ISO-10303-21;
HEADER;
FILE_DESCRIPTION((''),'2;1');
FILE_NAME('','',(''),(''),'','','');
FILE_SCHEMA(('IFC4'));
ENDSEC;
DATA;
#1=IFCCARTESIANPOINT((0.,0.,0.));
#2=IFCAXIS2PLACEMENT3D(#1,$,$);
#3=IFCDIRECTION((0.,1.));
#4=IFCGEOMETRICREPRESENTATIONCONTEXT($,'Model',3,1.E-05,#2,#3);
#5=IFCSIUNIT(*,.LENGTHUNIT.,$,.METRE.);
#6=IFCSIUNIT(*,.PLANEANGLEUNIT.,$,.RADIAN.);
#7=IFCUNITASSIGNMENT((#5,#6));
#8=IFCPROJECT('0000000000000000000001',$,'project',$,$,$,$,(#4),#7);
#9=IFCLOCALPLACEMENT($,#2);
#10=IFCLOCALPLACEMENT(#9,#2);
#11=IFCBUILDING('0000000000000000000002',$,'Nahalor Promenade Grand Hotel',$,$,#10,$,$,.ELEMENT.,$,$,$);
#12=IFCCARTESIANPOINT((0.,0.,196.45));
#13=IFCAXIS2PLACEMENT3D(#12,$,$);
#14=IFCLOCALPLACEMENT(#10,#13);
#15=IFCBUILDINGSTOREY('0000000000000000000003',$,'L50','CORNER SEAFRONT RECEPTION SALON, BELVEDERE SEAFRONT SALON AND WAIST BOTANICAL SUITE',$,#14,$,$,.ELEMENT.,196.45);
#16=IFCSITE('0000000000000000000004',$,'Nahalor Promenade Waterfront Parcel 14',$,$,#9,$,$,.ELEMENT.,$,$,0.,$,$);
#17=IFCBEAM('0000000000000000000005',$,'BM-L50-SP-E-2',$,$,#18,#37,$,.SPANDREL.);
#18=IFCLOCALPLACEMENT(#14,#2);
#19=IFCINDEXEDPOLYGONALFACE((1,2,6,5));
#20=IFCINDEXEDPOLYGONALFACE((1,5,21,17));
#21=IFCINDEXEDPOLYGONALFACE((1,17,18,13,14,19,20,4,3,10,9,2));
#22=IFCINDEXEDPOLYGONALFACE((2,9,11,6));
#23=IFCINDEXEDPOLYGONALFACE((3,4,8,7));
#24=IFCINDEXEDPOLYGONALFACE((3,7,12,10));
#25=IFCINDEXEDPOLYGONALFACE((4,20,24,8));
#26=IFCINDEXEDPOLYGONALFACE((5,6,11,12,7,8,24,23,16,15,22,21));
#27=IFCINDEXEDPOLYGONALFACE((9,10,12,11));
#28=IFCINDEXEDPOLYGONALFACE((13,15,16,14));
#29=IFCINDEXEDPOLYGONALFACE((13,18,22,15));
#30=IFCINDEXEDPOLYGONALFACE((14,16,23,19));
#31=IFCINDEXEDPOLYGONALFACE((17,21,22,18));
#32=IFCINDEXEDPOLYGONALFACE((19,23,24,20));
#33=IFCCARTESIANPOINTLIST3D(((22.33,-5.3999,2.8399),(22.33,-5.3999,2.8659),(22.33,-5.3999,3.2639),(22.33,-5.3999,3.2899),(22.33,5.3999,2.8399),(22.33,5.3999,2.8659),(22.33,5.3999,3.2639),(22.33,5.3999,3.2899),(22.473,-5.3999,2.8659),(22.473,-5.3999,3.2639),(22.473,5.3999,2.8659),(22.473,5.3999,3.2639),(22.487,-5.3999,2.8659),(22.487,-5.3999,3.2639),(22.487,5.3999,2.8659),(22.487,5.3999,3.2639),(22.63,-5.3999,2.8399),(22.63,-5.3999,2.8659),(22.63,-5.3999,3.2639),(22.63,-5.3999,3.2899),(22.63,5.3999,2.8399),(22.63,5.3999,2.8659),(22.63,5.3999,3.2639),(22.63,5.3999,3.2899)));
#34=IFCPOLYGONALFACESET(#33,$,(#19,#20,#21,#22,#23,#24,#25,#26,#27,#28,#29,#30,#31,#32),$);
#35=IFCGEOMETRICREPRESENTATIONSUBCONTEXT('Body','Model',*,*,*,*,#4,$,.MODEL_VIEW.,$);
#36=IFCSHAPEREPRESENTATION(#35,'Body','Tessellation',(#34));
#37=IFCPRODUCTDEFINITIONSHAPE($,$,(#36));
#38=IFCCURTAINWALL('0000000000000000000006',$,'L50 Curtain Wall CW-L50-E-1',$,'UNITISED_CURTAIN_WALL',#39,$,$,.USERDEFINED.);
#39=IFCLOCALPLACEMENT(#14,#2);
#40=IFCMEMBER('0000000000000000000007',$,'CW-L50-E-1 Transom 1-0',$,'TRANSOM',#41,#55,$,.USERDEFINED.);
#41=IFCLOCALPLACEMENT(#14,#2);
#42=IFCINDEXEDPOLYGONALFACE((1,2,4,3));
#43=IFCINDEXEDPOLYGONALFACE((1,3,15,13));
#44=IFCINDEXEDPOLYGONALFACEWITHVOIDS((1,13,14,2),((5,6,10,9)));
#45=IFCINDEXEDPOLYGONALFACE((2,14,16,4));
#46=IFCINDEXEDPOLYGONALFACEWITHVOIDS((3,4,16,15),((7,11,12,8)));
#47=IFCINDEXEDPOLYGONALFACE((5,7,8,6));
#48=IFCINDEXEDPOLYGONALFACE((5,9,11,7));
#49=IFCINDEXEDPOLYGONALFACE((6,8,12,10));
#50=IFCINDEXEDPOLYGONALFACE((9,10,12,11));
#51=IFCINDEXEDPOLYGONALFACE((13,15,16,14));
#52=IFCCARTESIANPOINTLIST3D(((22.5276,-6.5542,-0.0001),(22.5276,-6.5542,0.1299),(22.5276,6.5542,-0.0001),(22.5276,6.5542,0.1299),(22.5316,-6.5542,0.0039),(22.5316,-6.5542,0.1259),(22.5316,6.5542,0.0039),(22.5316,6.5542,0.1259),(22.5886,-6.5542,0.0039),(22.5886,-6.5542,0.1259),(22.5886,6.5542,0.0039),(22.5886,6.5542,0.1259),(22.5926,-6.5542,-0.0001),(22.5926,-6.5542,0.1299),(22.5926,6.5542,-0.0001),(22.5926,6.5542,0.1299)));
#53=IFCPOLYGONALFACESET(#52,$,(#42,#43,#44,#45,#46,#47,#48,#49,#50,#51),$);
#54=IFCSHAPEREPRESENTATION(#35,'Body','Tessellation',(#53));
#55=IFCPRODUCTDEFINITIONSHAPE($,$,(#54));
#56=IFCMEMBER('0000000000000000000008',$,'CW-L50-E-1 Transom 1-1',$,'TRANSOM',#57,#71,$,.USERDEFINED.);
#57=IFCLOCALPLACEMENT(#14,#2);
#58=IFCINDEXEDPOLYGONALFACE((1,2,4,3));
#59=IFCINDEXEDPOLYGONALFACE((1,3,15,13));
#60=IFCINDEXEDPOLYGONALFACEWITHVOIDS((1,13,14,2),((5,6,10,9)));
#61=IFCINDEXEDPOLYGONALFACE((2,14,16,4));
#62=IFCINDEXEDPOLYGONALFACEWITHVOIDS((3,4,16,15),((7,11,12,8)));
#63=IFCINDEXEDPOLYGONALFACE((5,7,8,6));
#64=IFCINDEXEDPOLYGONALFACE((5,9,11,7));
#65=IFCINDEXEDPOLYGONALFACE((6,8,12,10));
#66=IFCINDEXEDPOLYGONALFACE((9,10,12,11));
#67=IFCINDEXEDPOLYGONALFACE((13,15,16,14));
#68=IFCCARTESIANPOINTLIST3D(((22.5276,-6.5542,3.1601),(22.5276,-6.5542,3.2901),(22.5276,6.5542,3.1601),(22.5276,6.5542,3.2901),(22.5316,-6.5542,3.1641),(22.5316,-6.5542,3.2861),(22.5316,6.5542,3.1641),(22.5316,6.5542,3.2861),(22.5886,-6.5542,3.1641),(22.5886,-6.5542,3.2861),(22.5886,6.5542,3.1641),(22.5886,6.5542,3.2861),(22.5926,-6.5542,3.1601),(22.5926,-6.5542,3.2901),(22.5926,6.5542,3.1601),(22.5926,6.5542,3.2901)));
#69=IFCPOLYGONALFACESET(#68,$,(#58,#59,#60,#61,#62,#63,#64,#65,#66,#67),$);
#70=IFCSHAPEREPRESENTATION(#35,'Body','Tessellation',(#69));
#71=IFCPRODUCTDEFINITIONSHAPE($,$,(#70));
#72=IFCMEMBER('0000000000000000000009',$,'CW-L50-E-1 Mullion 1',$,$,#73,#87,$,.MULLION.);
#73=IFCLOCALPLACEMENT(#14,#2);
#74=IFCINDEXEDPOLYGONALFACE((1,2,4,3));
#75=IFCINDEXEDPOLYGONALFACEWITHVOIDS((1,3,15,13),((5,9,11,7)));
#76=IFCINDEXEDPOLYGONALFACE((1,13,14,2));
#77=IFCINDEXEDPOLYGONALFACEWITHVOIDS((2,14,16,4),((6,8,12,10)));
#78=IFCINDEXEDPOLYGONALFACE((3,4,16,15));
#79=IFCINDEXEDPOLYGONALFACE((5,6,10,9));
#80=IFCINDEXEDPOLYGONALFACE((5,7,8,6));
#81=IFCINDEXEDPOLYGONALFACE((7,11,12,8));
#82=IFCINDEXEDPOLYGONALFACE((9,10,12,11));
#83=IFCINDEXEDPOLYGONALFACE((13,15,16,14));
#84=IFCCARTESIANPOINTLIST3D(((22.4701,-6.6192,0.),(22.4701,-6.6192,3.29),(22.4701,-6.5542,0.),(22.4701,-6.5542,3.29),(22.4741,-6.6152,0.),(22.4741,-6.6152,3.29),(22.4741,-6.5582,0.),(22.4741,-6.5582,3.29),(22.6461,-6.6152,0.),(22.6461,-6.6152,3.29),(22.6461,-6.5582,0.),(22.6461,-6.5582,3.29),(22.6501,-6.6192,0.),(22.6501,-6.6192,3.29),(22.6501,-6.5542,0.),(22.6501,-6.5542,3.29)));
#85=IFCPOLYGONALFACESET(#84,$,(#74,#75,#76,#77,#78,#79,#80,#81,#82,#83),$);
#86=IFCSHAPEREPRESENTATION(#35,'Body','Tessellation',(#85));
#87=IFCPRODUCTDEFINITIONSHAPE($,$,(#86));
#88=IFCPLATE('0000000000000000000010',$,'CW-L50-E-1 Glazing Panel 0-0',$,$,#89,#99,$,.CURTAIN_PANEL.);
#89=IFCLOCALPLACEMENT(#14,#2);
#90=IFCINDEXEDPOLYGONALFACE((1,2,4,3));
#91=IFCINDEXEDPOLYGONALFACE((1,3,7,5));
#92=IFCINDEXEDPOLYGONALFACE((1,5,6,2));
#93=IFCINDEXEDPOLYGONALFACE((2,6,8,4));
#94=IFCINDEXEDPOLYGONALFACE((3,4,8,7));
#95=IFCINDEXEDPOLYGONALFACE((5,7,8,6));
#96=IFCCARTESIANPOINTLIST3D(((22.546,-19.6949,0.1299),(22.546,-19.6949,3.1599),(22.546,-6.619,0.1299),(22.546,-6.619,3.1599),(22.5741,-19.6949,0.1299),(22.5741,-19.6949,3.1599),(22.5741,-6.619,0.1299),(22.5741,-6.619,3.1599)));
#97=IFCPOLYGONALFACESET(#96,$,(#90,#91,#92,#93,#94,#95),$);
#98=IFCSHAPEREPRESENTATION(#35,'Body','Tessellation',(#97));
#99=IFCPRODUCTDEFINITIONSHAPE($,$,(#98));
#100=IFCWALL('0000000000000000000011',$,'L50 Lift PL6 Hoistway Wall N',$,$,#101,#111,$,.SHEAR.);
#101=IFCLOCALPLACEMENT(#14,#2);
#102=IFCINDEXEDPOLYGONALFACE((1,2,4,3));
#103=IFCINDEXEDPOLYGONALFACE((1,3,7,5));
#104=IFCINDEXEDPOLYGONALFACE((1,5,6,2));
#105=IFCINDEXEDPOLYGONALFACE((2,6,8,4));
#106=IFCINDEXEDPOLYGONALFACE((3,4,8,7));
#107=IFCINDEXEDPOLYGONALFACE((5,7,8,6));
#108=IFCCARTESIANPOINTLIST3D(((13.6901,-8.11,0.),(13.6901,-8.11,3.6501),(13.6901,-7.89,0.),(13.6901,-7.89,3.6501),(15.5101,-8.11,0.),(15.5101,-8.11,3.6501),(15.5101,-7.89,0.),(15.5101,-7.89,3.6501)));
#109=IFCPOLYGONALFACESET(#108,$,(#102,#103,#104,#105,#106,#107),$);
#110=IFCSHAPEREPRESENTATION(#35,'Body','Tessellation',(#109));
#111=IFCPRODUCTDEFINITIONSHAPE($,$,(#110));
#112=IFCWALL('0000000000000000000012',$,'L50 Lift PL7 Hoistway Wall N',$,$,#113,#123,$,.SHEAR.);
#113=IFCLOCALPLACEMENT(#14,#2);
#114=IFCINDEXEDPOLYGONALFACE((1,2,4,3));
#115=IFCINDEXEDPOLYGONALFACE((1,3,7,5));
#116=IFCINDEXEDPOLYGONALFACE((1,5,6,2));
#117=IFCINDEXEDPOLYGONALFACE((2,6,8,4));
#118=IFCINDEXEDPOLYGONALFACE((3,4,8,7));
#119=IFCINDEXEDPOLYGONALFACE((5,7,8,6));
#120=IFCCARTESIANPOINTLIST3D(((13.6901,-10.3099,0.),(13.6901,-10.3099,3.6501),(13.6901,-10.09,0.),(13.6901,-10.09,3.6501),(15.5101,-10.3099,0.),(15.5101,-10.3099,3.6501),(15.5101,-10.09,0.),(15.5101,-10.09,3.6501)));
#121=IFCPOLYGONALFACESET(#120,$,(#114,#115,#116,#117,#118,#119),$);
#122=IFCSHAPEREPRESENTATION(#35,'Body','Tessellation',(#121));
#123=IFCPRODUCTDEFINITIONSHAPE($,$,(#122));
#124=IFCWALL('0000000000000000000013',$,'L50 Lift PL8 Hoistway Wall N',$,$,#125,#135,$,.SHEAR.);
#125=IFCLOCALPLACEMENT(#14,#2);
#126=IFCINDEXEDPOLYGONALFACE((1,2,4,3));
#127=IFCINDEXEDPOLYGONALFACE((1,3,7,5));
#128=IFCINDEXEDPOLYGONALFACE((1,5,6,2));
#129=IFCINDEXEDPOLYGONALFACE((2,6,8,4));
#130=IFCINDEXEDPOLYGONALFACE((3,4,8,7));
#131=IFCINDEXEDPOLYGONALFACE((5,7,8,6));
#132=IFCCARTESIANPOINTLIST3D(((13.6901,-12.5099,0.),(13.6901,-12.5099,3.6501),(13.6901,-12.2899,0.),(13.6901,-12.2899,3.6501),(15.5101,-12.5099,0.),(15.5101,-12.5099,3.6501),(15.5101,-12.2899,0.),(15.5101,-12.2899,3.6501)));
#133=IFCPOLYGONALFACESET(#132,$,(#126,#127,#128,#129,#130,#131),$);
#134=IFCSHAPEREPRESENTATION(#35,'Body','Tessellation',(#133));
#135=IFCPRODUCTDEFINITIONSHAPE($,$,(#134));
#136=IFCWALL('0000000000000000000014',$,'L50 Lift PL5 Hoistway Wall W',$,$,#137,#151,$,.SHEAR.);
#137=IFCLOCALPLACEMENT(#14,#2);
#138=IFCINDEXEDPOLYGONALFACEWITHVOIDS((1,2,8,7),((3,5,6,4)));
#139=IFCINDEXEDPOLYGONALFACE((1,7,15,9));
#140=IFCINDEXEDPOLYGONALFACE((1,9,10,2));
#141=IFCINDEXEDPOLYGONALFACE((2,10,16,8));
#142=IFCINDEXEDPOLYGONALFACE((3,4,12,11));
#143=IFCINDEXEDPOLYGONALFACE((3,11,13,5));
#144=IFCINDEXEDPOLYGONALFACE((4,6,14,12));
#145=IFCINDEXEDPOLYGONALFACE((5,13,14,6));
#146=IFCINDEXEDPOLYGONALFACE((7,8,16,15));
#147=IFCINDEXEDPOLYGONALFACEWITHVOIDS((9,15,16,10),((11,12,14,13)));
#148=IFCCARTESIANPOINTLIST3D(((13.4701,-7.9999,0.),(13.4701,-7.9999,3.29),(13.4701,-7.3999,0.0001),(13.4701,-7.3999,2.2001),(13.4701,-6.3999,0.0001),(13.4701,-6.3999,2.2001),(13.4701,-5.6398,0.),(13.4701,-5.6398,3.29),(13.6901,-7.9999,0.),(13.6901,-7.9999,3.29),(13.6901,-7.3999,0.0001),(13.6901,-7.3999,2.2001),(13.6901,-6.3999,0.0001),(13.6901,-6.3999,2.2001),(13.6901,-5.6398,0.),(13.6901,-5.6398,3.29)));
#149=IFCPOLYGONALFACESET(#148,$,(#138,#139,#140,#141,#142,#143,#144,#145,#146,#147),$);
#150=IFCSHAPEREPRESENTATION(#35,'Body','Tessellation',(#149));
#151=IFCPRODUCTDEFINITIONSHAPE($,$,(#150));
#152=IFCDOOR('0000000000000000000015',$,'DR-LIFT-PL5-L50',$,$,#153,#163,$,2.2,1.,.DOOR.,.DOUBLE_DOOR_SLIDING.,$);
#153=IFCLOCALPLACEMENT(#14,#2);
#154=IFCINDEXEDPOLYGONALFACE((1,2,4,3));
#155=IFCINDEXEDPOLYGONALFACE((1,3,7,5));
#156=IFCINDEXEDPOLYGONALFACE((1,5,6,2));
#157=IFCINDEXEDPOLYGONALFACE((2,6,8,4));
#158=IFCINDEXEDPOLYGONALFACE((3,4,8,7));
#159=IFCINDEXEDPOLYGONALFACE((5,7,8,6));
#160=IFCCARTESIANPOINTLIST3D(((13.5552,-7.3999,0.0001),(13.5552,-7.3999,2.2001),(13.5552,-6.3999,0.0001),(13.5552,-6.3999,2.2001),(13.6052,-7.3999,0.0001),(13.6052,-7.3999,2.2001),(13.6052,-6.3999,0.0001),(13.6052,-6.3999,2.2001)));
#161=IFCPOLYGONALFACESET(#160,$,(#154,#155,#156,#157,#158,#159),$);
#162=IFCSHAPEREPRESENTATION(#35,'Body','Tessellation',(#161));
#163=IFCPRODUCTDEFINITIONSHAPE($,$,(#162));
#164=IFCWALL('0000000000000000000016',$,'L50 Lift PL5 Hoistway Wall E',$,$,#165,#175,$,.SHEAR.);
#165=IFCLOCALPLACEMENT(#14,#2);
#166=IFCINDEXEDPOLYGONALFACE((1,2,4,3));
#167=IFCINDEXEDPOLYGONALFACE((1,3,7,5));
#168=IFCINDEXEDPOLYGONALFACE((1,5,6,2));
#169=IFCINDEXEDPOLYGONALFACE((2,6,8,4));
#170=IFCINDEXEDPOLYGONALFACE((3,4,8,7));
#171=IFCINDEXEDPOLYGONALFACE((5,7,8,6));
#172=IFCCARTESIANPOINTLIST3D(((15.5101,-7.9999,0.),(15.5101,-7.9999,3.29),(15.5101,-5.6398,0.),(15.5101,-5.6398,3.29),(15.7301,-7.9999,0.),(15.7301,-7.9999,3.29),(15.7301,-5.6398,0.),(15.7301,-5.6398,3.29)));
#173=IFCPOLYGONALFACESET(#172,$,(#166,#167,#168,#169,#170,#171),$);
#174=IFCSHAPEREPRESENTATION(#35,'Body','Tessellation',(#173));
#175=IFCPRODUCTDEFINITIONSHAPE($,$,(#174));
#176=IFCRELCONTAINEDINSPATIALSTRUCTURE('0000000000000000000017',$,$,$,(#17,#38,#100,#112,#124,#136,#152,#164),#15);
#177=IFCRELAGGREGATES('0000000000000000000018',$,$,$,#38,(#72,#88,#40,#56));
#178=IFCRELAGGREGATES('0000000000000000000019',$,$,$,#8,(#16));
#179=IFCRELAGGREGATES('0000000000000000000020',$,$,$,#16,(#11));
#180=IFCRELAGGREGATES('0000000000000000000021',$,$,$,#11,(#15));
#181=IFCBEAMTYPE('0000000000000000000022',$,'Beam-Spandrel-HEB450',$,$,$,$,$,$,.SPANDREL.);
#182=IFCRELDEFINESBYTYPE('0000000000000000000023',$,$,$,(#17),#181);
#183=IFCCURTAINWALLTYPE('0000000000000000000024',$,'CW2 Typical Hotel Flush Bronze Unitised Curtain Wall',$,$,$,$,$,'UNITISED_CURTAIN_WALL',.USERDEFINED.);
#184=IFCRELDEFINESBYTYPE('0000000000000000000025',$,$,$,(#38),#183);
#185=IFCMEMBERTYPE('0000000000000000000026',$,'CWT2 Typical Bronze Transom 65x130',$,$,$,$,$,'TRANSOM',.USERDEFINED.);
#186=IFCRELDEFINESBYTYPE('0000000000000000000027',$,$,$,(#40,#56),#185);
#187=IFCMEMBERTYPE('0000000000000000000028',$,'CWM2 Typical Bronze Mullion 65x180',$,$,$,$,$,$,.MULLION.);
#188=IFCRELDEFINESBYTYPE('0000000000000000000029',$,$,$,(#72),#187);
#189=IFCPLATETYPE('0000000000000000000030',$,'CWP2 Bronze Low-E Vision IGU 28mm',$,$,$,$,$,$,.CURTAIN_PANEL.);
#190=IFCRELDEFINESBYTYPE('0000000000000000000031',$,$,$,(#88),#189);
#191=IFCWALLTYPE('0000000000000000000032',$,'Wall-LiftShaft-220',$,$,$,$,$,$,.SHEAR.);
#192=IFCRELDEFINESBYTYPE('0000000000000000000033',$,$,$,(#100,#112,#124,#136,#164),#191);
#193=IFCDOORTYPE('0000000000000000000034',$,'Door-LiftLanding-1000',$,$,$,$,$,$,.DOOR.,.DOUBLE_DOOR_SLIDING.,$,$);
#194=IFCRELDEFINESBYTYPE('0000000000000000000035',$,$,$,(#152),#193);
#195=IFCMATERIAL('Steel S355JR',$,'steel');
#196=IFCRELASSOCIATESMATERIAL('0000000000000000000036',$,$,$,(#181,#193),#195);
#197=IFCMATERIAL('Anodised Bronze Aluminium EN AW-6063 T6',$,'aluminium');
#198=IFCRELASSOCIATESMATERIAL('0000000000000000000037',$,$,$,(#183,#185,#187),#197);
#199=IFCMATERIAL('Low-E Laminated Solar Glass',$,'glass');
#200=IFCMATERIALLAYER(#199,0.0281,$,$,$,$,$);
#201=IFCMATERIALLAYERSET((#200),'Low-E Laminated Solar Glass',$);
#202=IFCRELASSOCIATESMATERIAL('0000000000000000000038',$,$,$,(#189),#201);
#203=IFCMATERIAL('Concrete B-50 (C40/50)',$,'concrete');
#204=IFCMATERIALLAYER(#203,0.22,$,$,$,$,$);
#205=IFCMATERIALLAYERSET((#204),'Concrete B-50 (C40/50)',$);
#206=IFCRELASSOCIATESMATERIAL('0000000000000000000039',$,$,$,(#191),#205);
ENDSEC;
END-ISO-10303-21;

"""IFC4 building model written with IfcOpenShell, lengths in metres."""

from ifc_helpers import new_model, si_unit, direction, frame, frame_2d, origin, origin_2d, place, context, subcontext, project, spatial, rectangle, hollow_rectangle, i_section, extrude, source, transform, mapped, material, layer, layer_set, material_profile, profile_set, type_object, element, fill, aggregate, save


model = new_model("IFC4")

# Units and contexts
model_context = context("Model", 3, precision=1e-05, world=origin(), true_north=direction((0.0, 1.0)))
body_context = subcontext(model_context, "Body", "Model", "MODEL_VIEW")
ifc_project = project(units=[si_unit("LENGTHUNIT", "METRE"), si_unit("PLANEANGLEUNIT", "RADIAN")], contexts=[model_context])

# Site, building, storey
site_placement = place(None, origin())
site = spatial("IfcSite", under=ifc_project, at=site_placement, Name="Nahalor Promenade Waterfront Parcel 14", CompositionType="ELEMENT", RefElevation=0.0)
building_placement = place(site_placement, origin())
building = spatial("IfcBuilding", under=site, at=building_placement, Name="Nahalor Promenade Grand Hotel", CompositionType="ELEMENT")
storey_placement = place(building_placement, frame((0.0, 0.0, 196.45)))
storey = spatial("IfcBuildingStorey", under=building, at=storey_placement, Name="L50", Description="CORNER SEAFRONT RECEPTION SALON, BELVEDERE SEAFRONT SALON AND WAIST BOTANICAL SUITE", CompositionType="ELEMENT", Elevation=196.45)

# Beam
ifc_material_1 = material(Name="Steel S355JR", Category="steel")
ifc_material_profile_1 = material_profile(ifc_material_1, i_section(OverallWidth=0.3, OverallDepth=0.45, WebThickness=0.014, FlangeThickness=0.026, at=origin_2d()), Name="HEB 450")
ifc_profile_set_1 = profile_set([ifc_material_profile_1], Name="Steel S355JR")
beam_type_1 = type_object("IfcBeamType", Name="Beam-Spandrel-HEB450", PredefinedType="SPANDREL", material=ifc_profile_set_1)
shared_shape_1 = source(origin(), body_context, "Body", "SweptSolid", [
    extrude(i_section(OverallWidth=0.3, OverallDepth=0.45, WebThickness=0.014, FlangeThickness=0.026, at=origin_2d()), origin(), (0.0, 0.0, 1.0), 10.7998),
])
beam_1_placement = place(storey_placement, frame((22.48, -5.3999, 3.0649), z_axis=(0.0, 1.0, 0.0), x_axis=(-1.0, 0.0, 0.0)))
element("IfcBeam", 1, at=beam_1_placement, inside=storey, type_object=beam_type_1, Name="BM-L50-SP-E-2", PredefinedType="SPANDREL", context=body_context, shape_type="MappedRepresentation", body=[
    mapped(shared_shape_1, transform((0.0, 0.0, 0.0), scale=1.0)),
])

# Curtain wall, members, plate
ifc_material_2 = material(Name="Anodised Bronze Aluminium EN AW-6063 T6", Category="aluminium")
curtain_wall_type = type_object("IfcCurtainWallType", Name="CW2 Typical Hotel Flush Bronze Unitised Curtain Wall", ElementType="UNITISED_CURTAIN_WALL", PredefinedType="USERDEFINED", material=ifc_material_2)
curtain_wall_placement = place(storey_placement, origin())
curtain_wall = element("IfcCurtainWall", 2, at=curtain_wall_placement, inside=storey, type_object=curtain_wall_type, Name="L50 Curtain Wall CW-L50-E-1", ObjectType="UNITISED_CURTAIN_WALL", PredefinedType="USERDEFINED")
ifc_material_profile_2 = material_profile(ifc_material_2, hollow_rectangle(XDim=0.065, YDim=0.13, WallThickness=0.004, at=origin_2d()), Name="CWT 65x130x4")
ifc_profile_set_2 = profile_set([ifc_material_profile_2], Name="Anodised Bronze Aluminium EN AW-6063 T6")
member_type_1 = type_object("IfcMemberType", Name="CWT2 Typical Bronze Transom 65x130", ElementType="TRANSOM", PredefinedType="USERDEFINED", material=ifc_profile_set_2)
shared_shape_2 = source(origin(), body_context, "Body", "SweptSolid", [
    extrude(hollow_rectangle(XDim=0.065, YDim=0.13, WallThickness=0.004, at=origin_2d()), origin(), (0.0, 0.0, 1.0), 13.1084),
])
member_1_placement = place(storey_placement, frame((22.5601, -6.5542, 0.0649), z_axis=(0.0, 1.0, 0.0), x_axis=(-1.0, 0.0, 0.0)))
member_1 = element("IfcMember", 3, at=member_1_placement, type_object=member_type_1, Name="CW-L50-E-1 Transom 1-0", ObjectType="TRANSOM", PredefinedType="USERDEFINED", context=body_context, shape_type="MappedRepresentation", body=[
    mapped(shared_shape_2, transform((0.0, 0.0, 0.0), scale=1.0)),
])
member_2_placement = place(storey_placement, frame((22.5601, -6.5542, 3.2251), z_axis=(0.0, 1.0, 0.0), x_axis=(-1.0, 0.0, 0.0)))
member_2 = element("IfcMember", 4, at=member_2_placement, type_object=member_type_1, Name="CW-L50-E-1 Transom 1-1", ObjectType="TRANSOM", PredefinedType="USERDEFINED", context=body_context, shape_type="MappedRepresentation", body=[
    mapped(shared_shape_2, transform((0.0, 0.0, 0.0), scale=1.0)),
])
ifc_material_profile_3 = material_profile(ifc_material_2, hollow_rectangle(XDim=0.065, YDim=0.18, WallThickness=0.004, at=origin_2d()), Name="CWM 65x180x4")
ifc_profile_set_3 = profile_set([ifc_material_profile_3], Name="Anodised Bronze Aluminium EN AW-6063 T6")
member_type_2 = type_object("IfcMemberType", Name="CWM2 Typical Bronze Mullion 65x180", PredefinedType="MULLION", material=ifc_profile_set_3)
shared_shape_3 = source(origin(), body_context, "Body", "SweptSolid", [
    extrude(hollow_rectangle(XDim=0.065, YDim=0.18, WallThickness=0.004, at=origin_2d()), origin(), (0.0, 0.0, 1.0), 3.29),
])
member_3_placement = place(storey_placement, frame((22.5601, -6.5867, 0.0), z_axis=(0.0, 0.0, 1.0), x_axis=(0.0, 1.0, 0.0)))
member_3 = element("IfcMember", 5, at=member_3_placement, type_object=member_type_2, Name="CW-L50-E-1 Mullion 1", PredefinedType="MULLION", context=body_context, shape_type="MappedRepresentation", body=[
    mapped(shared_shape_3, transform((0.0, 0.0, 0.0), scale=1.0)),
])
ifc_material_3 = material(Name="Low-E Laminated Solar Glass", Category="glass")
ifc_layer_1 = layer(ifc_material_3, 0.0281)
ifc_layer_set_1 = layer_set([ifc_layer_1], Name="Low-E Laminated Solar Glass")
plate_type = type_object("IfcPlateType", Name="CWP2 Bronze Low-E Vision IGU 28mm", PredefinedType="CURTAIN_PANEL", material=ifc_layer_set_1)
shared_shape_4 = source(origin(), body_context, "Body", "SweptSolid", [
    extrude(rectangle(XDim=13.0759, YDim=0.0281, at=origin_2d()), origin(), (0.0, 0.0, 1.0), 3.03),
])
plate_placement = place(storey_placement, frame((22.5601, -13.157, 0.1299), z_axis=(0.0, 0.0, 1.0), x_axis=(0.0, 1.0, 0.0)))
plate = element("IfcPlate", 6, at=plate_placement, type_object=plate_type, Name="CW-L50-E-1 Glazing Panel 0-0", PredefinedType="CURTAIN_PANEL", context=body_context, shape_type="MappedRepresentation", body=[
    mapped(shared_shape_4, transform((0.0, 0.0, 0.0), scale=1.0)),
])
aggregate(curtain_wall, [member_3, plate, member_1, member_2])

# Walls
ifc_material_4 = material(Name="Concrete B-50 (C40/50)", Category="concrete")
ifc_layer_2 = layer(ifc_material_4, 0.22)
ifc_layer_set_2 = layer_set([ifc_layer_2], Name="Concrete B-50 (C40/50)")
wall_type_1 = type_object("IfcWallType", Name="Wall-LiftShaft-220", PredefinedType="SHEAR", material=ifc_layer_set_2)
shared_shape_5 = source(origin(), body_context, "Body", "SweptSolid", [
    extrude(rectangle(XDim=1.8201, YDim=0.22, at=frame_2d((0.9102, 0.0))), origin(), (0.0, 0.0, 1.0), 3.6501),
])
for number, where, z_axis, x_axis, name in (
    (7, (13.6899, -8.0, 0.0), (0.0, 0.0, 1.0), (1.0, 0.0, 0.0), "L50 Lift PL6 Hoistway Wall N"),
    (8, (13.6899, -10.2, 0.0), (0.0, 0.0, 1.0), (1.0, 0.0, 0.0), "L50 Lift PL7 Hoistway Wall N"),
    (9, (13.6899, -12.3999, 0.0), (0.0, 0.0, 1.0), (1.0, 0.0, 0.0), "L50 Lift PL8 Hoistway Wall N"),
):
    element("IfcWall", number, at=place(storey_placement, frame(where, z_axis=z_axis, x_axis=x_axis)), inside=storey, type_object=wall_type_1, Name=name, PredefinedType="SHEAR", context=body_context, shape_type="MappedRepresentation", body=[
        mapped(shared_shape_5, transform((0.0, 0.0, 0.0), scale=1.0)),
    ])

# Wall, opening, door
shared_shape_6 = source(origin(), body_context, "Body", "SweptSolid", [
    extrude(rectangle(XDim=2.3601, YDim=0.22, at=frame_2d((1.1802, 0.0))), origin(), (0.0, 0.0, 1.0), 3.29),
])
wall_1_placement = place(storey_placement, frame((13.5801, -8.0, 0.0), z_axis=(0.0, 0.0, 1.0), x_axis=(0.0, 1.0, 0.0)))
wall_1 = element("IfcWall", 10, at=wall_1_placement, inside=storey, type_object=wall_type_1, Name="L50 Lift PL5 Hoistway Wall W", PredefinedType="SHEAR", context=body_context, shape_type="MappedRepresentation", body=[
    mapped(shared_shape_6, transform((0.0, 0.0, 0.0), scale=1.0)),
])
opening_1_placement = place(wall_1_placement, frame((0.6001, 0.0, 0.0)))
opening_1 = element("IfcOpeningElement", 11, at=opening_1_placement, cuts=wall_1, PredefinedType="OPENING", context=body_context, shape_type="SweptSolid", body=[
    extrude(rectangle(XDim=1.0, YDim=2.2, at=frame_2d((0.5, 1.1001))), frame((0.0, 0.1199, 0.0), z_axis=(0.0, -1.0, 0.0), x_axis=(1.0, 0.0, 0.0)), (0.0, 0.0, 1.0), 0.24),
])
door_type_1 = type_object("IfcDoorType", Name="Door-LiftLanding-1000", OperationType="DOUBLE_DOOR_SLIDING", PredefinedType="DOOR", material=ifc_material_1)
shared_shape_7 = source(origin(), body_context, "Body", "SweptSolid", [
    extrude(rectangle(XDim=1.0, YDim=2.2, at=frame_2d((0.5, 1.1001))), frame((0.0, 0.0249, 0.0), z_axis=(0.0, -1.0, 0.0), x_axis=(1.0, 0.0, 0.0)), (0.0, 0.0, 1.0), 0.05),
])
door_1_placement = place(opening_1_placement, origin())
door_1 = element("IfcDoor", 12, at=door_1_placement, inside=storey, type_object=door_type_1, Name="DR-LIFT-PL5-L50", OperationType="DOUBLE_DOOR_SLIDING", OverallHeight=2.2, OverallWidth=1.0, PredefinedType="DOOR", context=body_context, shape_type="MappedRepresentation", body=[
    mapped(shared_shape_7, transform((0.0, 0.0, 0.0), scale=1.0)),
])
fill(opening_1, door_1)

# Wall
wall_2_placement = place(storey_placement, frame((15.6201, -8.0, 0.0), z_axis=(0.0, 0.0, 1.0), x_axis=(0.0, 1.0, 0.0)))
element("IfcWall", 13, at=wall_2_placement, inside=storey, type_object=wall_type_1, Name="L50 Lift PL5 Hoistway Wall E", PredefinedType="SHEAR", context=body_context, shape_type="MappedRepresentation", body=[
    mapped(shared_shape_6, transform((0.0, 0.0, 0.0), scale=1.0)),
])

save(model, "model.ifc")
